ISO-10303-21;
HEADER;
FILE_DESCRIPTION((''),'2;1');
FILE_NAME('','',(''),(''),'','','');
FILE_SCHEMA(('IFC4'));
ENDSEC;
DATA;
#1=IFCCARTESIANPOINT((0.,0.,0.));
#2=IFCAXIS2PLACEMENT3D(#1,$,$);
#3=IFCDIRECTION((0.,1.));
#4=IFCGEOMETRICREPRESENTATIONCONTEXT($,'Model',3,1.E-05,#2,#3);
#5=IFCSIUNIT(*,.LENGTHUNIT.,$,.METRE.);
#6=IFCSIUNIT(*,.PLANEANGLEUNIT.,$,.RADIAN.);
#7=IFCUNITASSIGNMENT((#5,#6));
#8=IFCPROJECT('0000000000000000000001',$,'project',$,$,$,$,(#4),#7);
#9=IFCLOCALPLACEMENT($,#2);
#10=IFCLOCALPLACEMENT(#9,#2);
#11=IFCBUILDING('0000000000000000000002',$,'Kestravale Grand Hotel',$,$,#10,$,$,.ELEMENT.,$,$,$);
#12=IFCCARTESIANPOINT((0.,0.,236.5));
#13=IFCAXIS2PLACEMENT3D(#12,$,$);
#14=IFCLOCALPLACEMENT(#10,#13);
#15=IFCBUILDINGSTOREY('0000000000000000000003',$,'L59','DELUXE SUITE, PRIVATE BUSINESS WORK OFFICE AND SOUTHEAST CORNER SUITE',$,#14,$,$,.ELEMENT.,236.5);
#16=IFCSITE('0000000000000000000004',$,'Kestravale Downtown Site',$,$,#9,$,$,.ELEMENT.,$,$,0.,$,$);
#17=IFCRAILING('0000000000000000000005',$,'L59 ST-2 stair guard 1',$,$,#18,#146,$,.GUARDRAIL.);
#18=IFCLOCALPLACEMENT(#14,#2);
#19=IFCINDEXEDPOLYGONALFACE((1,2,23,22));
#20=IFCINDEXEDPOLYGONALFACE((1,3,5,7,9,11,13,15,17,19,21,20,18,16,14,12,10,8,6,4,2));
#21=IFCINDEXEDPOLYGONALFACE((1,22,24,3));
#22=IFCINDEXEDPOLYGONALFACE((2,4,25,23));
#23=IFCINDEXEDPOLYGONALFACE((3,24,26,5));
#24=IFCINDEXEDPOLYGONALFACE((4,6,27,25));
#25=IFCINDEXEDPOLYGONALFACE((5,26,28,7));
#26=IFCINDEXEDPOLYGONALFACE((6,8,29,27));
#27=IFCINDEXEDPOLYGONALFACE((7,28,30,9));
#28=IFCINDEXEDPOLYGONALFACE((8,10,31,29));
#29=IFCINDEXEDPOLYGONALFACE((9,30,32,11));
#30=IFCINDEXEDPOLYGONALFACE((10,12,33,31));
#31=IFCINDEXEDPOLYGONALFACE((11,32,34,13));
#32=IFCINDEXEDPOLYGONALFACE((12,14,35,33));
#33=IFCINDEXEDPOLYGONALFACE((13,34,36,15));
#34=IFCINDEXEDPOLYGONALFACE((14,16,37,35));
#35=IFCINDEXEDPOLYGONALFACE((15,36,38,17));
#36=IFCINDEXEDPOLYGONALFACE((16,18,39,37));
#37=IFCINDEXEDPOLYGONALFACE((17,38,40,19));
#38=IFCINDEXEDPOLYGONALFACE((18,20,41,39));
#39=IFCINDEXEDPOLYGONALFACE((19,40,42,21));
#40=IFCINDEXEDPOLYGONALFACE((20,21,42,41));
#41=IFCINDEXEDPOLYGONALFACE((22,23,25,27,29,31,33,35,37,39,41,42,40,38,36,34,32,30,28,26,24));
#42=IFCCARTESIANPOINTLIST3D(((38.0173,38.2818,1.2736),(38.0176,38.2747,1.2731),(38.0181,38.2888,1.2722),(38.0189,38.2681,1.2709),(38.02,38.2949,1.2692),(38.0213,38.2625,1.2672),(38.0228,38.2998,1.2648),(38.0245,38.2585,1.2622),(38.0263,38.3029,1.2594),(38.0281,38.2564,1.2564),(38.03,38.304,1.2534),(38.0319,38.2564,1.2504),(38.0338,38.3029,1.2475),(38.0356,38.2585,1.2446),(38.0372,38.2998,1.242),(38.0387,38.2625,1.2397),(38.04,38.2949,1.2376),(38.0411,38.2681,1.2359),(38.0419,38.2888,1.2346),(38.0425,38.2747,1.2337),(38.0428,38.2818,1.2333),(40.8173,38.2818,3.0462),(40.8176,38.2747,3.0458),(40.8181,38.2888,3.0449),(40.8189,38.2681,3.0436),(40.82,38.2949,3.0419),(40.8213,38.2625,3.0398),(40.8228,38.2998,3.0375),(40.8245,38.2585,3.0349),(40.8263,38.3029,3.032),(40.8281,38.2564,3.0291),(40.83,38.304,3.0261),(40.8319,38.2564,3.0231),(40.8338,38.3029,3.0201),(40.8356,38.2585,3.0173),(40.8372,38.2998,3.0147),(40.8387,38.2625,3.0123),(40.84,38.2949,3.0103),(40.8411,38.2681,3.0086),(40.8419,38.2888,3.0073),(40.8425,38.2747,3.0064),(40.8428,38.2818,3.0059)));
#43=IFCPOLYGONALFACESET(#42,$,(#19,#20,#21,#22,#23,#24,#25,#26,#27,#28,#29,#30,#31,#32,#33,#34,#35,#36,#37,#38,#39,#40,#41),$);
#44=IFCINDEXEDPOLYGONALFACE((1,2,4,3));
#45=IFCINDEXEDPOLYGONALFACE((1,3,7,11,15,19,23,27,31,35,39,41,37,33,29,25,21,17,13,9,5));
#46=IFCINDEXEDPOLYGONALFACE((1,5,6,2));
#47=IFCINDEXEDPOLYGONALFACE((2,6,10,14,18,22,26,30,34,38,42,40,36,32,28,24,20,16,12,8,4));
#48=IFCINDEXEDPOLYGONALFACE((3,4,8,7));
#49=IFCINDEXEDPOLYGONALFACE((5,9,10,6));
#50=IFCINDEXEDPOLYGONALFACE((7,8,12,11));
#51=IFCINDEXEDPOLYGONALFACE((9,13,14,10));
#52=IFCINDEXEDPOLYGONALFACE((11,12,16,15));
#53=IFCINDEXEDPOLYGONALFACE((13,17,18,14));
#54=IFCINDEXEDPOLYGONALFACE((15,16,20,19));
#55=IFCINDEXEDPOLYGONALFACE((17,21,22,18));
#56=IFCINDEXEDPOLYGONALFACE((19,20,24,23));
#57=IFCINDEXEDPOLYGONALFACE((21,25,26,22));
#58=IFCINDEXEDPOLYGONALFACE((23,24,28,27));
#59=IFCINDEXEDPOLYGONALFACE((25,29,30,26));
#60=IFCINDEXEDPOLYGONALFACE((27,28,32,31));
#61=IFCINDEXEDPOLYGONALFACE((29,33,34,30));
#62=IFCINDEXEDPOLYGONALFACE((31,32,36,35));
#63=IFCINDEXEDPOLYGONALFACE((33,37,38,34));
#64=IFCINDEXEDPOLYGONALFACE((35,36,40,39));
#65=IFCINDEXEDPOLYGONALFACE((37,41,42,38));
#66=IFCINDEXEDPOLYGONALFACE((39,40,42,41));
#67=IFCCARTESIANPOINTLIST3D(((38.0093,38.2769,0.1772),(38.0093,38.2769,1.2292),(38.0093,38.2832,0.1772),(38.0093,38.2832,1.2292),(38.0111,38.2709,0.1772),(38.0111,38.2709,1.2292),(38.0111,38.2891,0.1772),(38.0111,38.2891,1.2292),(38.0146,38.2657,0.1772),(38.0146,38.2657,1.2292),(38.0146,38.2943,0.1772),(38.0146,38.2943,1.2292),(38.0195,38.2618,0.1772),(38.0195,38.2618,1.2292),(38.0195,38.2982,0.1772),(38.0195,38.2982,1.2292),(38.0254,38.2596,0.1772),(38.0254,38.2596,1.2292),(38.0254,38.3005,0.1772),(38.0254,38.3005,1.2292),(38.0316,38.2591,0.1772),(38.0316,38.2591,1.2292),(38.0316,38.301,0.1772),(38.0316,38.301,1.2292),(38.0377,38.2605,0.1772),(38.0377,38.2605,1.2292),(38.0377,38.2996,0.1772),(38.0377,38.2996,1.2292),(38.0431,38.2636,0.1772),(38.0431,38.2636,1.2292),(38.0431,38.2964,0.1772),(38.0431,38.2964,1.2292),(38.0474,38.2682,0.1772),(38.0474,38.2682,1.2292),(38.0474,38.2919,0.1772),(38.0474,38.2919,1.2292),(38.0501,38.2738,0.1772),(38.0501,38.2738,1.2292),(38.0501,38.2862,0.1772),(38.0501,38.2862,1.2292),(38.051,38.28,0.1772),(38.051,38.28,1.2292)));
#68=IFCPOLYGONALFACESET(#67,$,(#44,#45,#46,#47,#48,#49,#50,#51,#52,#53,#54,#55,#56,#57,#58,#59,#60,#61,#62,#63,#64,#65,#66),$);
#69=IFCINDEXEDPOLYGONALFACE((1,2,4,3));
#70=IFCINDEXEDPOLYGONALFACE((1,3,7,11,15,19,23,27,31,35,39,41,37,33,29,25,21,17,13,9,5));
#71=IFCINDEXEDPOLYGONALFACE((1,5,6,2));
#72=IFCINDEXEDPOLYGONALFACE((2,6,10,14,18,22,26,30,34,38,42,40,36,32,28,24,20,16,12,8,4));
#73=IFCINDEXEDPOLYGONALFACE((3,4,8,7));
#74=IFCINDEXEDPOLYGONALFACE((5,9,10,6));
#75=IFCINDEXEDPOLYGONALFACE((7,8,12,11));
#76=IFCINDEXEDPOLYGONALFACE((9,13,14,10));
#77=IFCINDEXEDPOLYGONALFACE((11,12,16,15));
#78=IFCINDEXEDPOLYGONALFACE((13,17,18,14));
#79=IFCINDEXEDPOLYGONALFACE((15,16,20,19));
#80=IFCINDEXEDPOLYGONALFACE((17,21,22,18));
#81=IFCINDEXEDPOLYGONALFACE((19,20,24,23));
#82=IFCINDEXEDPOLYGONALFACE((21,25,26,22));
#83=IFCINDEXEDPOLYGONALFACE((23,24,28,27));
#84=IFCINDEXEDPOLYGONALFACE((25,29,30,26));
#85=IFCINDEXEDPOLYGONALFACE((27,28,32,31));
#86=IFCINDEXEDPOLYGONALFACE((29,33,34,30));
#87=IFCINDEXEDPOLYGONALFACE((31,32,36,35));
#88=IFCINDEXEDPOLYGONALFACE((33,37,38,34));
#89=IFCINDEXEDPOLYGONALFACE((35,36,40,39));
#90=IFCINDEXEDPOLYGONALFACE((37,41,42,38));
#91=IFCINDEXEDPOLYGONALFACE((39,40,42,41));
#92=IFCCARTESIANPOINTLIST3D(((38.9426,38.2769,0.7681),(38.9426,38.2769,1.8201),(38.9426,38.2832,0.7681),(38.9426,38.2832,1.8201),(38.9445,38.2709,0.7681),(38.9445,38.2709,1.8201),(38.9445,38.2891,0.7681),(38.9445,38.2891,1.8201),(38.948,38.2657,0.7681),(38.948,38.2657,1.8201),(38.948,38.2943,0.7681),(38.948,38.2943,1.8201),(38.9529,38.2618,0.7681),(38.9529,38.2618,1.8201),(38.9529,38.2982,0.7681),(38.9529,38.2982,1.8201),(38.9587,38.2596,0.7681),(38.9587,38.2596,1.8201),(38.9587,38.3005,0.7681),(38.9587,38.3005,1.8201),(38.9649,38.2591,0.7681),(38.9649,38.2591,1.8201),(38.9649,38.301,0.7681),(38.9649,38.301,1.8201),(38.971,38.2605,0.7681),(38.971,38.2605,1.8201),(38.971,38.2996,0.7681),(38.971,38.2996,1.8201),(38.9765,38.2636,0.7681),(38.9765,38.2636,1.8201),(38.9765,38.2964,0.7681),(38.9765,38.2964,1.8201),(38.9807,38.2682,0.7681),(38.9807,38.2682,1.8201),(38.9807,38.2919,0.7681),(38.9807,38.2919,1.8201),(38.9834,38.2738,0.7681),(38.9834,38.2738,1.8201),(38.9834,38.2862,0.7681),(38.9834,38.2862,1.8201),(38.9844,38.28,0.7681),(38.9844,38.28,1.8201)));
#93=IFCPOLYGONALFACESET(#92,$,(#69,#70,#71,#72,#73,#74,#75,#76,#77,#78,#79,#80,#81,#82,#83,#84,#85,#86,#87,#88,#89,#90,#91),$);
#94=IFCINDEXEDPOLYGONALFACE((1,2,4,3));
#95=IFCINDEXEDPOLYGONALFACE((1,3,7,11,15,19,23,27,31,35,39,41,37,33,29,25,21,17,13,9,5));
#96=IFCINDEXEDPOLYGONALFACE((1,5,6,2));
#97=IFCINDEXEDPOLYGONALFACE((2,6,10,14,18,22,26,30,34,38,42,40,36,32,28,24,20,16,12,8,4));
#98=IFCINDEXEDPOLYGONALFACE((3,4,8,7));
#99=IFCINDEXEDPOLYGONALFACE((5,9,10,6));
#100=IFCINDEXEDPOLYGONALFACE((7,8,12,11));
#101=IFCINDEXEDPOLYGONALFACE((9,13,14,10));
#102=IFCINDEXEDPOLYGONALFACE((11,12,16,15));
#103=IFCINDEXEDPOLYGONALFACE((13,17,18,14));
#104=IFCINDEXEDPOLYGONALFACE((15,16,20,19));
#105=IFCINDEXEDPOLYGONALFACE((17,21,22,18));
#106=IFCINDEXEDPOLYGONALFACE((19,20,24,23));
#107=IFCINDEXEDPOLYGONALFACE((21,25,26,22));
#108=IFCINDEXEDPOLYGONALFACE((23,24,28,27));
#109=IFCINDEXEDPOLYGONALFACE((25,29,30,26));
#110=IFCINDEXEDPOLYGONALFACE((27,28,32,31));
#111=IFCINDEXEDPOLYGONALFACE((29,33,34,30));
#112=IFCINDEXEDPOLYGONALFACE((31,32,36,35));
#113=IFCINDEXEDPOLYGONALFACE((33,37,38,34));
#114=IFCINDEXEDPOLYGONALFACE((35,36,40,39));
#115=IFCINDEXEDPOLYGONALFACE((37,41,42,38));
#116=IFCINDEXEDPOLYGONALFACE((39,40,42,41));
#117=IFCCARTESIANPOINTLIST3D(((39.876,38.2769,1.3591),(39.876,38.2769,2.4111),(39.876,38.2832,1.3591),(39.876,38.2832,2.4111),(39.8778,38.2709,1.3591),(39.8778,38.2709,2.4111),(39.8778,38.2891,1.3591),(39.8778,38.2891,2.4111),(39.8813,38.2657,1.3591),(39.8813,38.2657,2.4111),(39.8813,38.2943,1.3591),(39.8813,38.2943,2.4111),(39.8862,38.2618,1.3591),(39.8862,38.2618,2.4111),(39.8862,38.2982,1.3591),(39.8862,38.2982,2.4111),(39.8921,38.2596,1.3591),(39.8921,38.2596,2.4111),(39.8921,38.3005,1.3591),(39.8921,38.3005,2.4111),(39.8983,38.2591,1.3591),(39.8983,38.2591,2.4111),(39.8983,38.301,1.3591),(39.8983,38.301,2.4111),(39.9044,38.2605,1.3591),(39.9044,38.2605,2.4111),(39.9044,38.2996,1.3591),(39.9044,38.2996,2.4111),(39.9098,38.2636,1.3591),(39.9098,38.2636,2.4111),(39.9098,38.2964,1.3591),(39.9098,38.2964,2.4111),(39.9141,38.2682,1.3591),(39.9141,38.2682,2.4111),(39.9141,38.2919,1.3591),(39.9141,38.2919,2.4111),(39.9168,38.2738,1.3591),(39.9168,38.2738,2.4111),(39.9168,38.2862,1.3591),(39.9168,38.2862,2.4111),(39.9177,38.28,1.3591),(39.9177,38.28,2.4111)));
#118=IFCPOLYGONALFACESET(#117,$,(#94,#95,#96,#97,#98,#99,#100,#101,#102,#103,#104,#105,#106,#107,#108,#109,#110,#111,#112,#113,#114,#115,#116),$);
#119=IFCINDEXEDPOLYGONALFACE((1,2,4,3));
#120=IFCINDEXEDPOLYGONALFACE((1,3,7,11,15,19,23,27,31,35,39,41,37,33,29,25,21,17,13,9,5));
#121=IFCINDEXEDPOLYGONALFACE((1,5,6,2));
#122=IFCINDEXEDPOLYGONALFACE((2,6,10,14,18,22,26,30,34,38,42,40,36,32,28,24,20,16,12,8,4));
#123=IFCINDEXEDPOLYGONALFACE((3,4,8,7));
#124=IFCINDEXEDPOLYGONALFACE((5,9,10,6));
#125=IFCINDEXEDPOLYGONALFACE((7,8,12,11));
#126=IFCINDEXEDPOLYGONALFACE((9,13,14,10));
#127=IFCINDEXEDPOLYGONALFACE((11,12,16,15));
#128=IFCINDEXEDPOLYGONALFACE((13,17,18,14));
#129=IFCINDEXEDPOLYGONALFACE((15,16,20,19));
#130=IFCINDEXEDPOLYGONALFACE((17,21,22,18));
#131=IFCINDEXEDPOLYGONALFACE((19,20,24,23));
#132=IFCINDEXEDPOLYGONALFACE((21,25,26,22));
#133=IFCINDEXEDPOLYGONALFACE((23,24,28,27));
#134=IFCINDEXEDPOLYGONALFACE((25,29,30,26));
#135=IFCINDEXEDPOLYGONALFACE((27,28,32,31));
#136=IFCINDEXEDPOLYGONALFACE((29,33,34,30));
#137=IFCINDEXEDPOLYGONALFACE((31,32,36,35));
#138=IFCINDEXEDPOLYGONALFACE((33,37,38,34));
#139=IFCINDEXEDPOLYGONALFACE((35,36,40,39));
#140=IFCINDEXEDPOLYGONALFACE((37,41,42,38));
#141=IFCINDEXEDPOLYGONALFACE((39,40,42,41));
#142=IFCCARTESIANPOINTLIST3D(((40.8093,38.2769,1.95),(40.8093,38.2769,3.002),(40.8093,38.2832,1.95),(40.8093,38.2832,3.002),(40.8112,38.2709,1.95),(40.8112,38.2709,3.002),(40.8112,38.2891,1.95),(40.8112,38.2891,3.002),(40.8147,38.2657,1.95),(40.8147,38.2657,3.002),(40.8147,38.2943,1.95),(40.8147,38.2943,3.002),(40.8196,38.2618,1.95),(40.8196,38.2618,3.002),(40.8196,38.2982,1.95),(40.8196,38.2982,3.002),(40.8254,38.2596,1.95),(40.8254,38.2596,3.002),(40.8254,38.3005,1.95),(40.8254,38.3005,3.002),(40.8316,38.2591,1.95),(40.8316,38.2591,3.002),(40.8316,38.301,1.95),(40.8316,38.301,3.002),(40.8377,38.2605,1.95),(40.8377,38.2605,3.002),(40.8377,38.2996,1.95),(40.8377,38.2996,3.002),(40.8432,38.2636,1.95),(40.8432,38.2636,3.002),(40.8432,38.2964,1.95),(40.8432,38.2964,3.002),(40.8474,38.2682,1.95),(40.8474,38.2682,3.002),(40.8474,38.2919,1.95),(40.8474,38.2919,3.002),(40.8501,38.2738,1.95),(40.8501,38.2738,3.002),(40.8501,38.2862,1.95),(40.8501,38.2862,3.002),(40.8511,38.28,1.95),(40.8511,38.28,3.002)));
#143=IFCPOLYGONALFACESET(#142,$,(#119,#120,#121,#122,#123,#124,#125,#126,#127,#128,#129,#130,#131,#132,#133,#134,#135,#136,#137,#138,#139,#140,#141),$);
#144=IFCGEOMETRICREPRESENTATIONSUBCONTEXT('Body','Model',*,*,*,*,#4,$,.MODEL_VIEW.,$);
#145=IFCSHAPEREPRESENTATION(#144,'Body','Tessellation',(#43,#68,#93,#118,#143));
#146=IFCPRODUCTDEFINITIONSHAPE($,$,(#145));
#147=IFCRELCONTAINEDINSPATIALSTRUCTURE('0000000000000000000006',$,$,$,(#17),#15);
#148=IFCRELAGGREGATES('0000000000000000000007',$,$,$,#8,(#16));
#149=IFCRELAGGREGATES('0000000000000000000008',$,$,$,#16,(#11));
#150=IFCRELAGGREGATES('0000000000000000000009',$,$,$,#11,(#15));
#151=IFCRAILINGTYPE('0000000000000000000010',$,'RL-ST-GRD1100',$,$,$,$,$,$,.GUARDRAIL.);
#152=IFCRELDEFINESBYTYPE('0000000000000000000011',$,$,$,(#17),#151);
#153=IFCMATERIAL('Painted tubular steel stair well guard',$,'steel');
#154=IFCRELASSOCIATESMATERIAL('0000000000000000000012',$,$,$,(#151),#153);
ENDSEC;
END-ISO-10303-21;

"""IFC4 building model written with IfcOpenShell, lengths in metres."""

from ifc_helpers import new_model, si_unit, direction, frame, origin, origin_2d, place, context, subcontext, project, spatial, circle, extrude, material, type_object, element, save


model = new_model("IFC4")

# Units and contexts
model_context = context("Model", 3, precision=1e-05, world=origin(), true_north=direction((0.0, 1.0)))
body_context = subcontext(model_context, "Body", "Model", "MODEL_VIEW")
ifc_project = project(units=[si_unit("LENGTHUNIT", "METRE"), si_unit("PLANEANGLEUNIT", "RADIAN")], contexts=[model_context])

# Site, building, storey
site_placement = place(None, origin())
site = spatial("IfcSite", under=ifc_project, at=site_placement, Name="Kestravale Downtown Site", CompositionType="ELEMENT", RefElevation=0.0)
building_placement = place(site_placement, origin())
building = spatial("IfcBuilding", under=site, at=building_placement, Name="Kestravale Grand Hotel", CompositionType="ELEMENT")
storey_placement = place(building_placement, frame((0.0, 0.0, 236.5)))
storey = spatial("IfcBuildingStorey", under=building, at=storey_placement, Name="L59", Description="DELUXE SUITE, PRIVATE BUSINESS WORK OFFICE AND SOUTHEAST CORNER SUITE", CompositionType="ELEMENT", Elevation=236.5)

# Railing
ifc_material_1 = material(Name="Painted tubular steel stair well guard", Category="steel")
railing_type_1 = type_object("IfcRailingType", Name="RL-ST-GRD1100", PredefinedType="GUARDRAIL", material=ifc_material_1)
railing_1_placement = place(storey_placement, frame((38.03, 38.28, 0.1772)))
element("IfcRailing", 1, at=railing_1_placement, inside=storey, type_object=railing_type_1, Name="L59 ST-2 stair guard 1", PredefinedType="GUARDRAIL", context=body_context, shape_type="SweptSolid", body=[
    extrude(circle(Radius=0.0239, at=origin_2d()), frame((0.0, 0.0, 1.0762), z_axis=(0.844909, 0.0, 0.53491), x_axis=(0.0, 1.0, 0.0)), (0.0, 0.0, 1.0), 3.314),
    extrude(circle(Radius=0.021, at=origin_2d()), origin(), (0.0, 0.0, 1.0), 1.052),
    extrude(circle(Radius=0.021, at=origin_2d()), frame((0.9333, 0.0, 0.5908)), (0.0, 0.0, 1.0), 1.052),
    extrude(circle(Radius=0.021, at=origin_2d()), frame((1.8667, 0.0, 1.1819)), (0.0, 0.0, 1.0), 1.052),
    extrude(circle(Radius=0.021, at=origin_2d()), frame((2.8, 0.0, 1.7727)), (0.0, 0.0, 1.0), 1.052),
])

save(model, "model.ifc")
